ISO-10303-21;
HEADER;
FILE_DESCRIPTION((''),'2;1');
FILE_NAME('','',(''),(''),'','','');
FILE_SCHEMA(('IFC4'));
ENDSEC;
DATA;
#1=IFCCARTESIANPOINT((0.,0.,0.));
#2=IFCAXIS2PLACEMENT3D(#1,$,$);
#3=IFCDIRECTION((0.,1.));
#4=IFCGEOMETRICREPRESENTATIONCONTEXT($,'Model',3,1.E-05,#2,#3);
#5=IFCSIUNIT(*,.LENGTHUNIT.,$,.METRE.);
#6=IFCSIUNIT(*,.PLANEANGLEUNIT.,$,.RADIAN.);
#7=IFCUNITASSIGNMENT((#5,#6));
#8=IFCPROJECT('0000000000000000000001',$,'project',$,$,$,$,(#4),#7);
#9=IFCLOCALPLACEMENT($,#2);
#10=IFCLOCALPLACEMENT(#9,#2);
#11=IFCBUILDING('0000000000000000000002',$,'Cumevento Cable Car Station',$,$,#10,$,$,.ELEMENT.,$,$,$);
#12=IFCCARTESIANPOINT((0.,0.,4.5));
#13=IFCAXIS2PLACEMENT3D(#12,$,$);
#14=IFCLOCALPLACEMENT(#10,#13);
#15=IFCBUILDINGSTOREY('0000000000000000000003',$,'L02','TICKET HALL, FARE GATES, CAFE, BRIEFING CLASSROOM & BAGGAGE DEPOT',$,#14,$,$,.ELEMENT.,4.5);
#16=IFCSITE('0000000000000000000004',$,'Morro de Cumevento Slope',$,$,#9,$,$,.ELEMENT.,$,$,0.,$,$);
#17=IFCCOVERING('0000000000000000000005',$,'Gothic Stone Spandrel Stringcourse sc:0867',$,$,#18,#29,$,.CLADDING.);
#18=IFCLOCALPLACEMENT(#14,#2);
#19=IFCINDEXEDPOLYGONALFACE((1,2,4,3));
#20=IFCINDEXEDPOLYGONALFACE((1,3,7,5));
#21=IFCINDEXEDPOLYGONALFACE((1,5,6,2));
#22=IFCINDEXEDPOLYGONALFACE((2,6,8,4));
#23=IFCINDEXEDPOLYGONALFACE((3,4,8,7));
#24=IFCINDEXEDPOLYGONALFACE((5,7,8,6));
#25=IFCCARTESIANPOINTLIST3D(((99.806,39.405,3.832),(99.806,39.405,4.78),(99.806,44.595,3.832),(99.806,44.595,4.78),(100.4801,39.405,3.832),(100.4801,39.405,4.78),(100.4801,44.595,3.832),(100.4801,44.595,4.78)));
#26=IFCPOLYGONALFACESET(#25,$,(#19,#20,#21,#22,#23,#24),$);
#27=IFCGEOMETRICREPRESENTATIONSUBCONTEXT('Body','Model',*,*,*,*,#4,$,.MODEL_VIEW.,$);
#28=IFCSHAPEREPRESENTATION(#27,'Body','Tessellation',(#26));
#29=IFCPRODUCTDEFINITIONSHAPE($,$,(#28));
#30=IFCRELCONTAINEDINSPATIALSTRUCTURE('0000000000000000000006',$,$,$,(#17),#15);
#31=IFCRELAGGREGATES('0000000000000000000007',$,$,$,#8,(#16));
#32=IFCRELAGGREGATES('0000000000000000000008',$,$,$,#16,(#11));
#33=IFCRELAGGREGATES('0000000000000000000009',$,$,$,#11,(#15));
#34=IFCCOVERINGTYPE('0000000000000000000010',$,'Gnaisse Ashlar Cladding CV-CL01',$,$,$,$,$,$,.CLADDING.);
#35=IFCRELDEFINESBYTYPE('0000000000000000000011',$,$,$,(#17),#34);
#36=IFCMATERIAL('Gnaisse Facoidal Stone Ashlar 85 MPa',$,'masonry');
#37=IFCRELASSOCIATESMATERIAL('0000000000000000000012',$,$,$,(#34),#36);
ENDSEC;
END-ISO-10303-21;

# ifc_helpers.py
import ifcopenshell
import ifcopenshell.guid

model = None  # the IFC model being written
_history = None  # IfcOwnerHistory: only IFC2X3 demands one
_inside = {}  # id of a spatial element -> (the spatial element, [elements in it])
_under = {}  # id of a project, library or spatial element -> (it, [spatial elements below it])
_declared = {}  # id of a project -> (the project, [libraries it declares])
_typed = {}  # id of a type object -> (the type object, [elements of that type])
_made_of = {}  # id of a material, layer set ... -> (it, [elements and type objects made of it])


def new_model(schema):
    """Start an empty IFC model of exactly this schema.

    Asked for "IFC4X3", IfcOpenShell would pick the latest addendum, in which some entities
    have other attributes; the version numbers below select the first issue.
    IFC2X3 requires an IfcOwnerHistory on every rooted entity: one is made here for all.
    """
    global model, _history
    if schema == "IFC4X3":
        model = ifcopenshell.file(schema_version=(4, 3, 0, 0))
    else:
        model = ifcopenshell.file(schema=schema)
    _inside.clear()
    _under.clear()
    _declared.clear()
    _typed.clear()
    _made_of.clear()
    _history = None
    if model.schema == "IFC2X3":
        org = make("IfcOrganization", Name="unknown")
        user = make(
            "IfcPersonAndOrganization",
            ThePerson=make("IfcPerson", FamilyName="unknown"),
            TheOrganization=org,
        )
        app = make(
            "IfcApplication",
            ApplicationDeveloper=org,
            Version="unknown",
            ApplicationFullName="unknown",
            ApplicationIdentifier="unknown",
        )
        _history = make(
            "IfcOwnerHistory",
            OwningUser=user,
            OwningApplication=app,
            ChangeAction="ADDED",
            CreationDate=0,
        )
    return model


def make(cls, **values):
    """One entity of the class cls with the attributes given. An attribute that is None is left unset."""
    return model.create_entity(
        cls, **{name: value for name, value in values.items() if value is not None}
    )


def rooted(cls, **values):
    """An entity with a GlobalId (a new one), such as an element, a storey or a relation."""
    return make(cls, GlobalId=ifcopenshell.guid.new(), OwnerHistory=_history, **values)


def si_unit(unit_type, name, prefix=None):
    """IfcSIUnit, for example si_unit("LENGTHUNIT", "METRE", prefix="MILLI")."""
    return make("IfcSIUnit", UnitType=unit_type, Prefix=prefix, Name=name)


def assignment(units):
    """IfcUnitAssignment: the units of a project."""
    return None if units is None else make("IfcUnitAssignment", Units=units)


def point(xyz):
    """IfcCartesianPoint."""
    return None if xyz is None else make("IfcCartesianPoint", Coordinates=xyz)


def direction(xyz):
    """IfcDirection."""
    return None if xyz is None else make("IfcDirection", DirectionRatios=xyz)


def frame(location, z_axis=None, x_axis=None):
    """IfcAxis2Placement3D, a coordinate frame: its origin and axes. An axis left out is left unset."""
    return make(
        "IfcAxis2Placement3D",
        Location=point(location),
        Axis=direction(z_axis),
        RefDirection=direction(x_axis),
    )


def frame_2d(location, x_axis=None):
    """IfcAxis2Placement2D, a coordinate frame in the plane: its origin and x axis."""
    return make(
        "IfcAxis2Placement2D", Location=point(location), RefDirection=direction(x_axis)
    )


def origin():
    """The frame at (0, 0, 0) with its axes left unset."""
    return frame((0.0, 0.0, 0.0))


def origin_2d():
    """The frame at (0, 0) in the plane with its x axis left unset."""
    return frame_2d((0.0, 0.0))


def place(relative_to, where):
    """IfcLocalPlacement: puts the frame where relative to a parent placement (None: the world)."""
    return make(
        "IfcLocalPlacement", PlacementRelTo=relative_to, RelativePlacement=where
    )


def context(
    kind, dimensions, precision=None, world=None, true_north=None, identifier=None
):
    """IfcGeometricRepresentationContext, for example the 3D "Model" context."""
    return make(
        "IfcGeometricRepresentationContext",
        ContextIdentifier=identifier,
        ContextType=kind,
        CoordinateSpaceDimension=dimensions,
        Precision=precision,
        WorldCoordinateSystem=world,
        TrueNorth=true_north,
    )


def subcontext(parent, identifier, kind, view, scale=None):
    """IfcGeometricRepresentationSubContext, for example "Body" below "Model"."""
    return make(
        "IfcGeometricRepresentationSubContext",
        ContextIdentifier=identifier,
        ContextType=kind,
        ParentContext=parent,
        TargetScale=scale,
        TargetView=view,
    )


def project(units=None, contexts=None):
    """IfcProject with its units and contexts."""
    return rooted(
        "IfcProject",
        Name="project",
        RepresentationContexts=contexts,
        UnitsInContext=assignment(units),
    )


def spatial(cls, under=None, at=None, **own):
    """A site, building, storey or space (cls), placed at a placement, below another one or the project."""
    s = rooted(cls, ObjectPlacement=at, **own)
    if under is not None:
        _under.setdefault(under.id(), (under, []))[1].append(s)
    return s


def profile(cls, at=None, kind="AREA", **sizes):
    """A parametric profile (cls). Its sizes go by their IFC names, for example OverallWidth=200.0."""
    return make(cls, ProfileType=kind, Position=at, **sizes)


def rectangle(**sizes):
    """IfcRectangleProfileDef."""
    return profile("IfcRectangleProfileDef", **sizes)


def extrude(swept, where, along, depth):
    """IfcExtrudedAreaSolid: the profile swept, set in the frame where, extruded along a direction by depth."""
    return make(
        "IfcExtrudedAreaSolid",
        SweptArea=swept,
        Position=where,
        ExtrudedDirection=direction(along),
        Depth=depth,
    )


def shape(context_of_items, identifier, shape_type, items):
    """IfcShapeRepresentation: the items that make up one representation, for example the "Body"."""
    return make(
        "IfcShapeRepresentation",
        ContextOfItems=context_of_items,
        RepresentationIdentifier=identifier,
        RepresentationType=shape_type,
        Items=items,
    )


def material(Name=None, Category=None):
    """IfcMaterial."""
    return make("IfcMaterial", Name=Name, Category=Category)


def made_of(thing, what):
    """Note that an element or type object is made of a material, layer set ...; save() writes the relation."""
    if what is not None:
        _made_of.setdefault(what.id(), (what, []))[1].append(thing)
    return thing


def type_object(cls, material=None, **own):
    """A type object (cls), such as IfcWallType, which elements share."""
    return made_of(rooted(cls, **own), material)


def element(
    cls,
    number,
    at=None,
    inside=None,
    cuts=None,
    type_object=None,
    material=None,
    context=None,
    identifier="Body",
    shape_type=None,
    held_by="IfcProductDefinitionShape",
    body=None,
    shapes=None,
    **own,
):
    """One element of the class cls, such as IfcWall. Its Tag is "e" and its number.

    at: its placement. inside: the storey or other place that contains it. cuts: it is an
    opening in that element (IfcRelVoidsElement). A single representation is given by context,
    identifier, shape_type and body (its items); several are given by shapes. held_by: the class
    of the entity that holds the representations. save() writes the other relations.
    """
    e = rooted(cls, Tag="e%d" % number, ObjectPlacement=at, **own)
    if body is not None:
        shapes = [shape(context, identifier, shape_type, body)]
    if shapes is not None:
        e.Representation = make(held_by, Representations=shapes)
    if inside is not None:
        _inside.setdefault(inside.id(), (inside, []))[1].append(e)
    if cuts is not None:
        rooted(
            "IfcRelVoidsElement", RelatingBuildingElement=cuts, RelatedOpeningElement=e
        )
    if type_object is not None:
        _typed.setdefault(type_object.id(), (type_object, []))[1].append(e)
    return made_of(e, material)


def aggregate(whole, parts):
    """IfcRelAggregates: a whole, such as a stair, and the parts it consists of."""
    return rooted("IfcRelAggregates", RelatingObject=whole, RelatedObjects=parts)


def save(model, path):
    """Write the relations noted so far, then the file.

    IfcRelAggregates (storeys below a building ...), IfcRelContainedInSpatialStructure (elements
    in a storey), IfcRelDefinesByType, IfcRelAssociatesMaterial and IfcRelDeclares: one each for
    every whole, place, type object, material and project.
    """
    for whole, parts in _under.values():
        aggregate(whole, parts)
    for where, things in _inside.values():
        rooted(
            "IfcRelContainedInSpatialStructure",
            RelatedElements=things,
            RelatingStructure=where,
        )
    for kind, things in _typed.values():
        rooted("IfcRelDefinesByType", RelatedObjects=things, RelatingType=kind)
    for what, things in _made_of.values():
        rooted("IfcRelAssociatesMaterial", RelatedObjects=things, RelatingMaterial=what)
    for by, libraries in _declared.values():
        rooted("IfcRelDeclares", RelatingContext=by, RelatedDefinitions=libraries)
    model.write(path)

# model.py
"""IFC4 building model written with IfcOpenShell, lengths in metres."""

from ifc_helpers import new_model, si_unit, direction, frame, origin, origin_2d, place, context, subcontext, project, spatial, rectangle, extrude, material, type_object, element, save


model = new_model("IFC4")

# Units and contexts
model_context = context("Model", 3, precision=1e-05, world=origin(), true_north=direction((0.0, 1.0)))
body_context = subcontext(model_context, "Body", "Model", "MODEL_VIEW")
ifc_project = project(units=[si_unit("LENGTHUNIT", "METRE"), si_unit("PLANEANGLEUNIT", "RADIAN")], contexts=[model_context])

# Site, building, storey
site_placement = place(None, origin())
site = spatial("IfcSite", under=ifc_project, at=site_placement, Name="Morro de Cumevento Slope", CompositionType="ELEMENT", RefElevation=0.0)
building_placement = place(site_placement, origin())
building = spatial("IfcBuilding", under=site, at=building_placement, Name="Cumevento Cable Car Station", CompositionType="ELEMENT")
storey_placement = place(building_placement, frame((0.0, 0.0, 4.5)))
storey = spatial("IfcBuildingStorey", under=building, at=storey_placement, Name="L02", Description="TICKET HALL, FARE GATES, CAFE, BRIEFING CLASSROOM & BAGGAGE DEPOT", CompositionType="ELEMENT", Elevation=4.5)

# Covering
ifc_material_1 = material(Name="Gnaisse Facoidal Stone Ashlar 85 MPa", Category="masonry")
covering_type = type_object("IfcCoveringType", Name="Gnaisse Ashlar Cladding CV-CL01", PredefinedType="CLADDING", material=ifc_material_1)
covering_1_placement = place(storey_placement, frame((100.1431, 42.0, 3.832), z_axis=(0.0, 0.0, 1.0), x_axis=(0.0, 1.0, 0.0)))
element("IfcCovering", 1, at=covering_1_placement, inside=storey, type_object=covering_type, Name="Gothic Stone Spandrel Stringcourse sc:0867", PredefinedType="CLADDING", context=body_context, shape_type="SweptSolid", body=[
    extrude(rectangle(XDim=5.1899, YDim=0.6741, at=origin_2d()), origin(), (0.0, 0.0, 1.0), 0.948),
])

save(model, "model.ifc")
